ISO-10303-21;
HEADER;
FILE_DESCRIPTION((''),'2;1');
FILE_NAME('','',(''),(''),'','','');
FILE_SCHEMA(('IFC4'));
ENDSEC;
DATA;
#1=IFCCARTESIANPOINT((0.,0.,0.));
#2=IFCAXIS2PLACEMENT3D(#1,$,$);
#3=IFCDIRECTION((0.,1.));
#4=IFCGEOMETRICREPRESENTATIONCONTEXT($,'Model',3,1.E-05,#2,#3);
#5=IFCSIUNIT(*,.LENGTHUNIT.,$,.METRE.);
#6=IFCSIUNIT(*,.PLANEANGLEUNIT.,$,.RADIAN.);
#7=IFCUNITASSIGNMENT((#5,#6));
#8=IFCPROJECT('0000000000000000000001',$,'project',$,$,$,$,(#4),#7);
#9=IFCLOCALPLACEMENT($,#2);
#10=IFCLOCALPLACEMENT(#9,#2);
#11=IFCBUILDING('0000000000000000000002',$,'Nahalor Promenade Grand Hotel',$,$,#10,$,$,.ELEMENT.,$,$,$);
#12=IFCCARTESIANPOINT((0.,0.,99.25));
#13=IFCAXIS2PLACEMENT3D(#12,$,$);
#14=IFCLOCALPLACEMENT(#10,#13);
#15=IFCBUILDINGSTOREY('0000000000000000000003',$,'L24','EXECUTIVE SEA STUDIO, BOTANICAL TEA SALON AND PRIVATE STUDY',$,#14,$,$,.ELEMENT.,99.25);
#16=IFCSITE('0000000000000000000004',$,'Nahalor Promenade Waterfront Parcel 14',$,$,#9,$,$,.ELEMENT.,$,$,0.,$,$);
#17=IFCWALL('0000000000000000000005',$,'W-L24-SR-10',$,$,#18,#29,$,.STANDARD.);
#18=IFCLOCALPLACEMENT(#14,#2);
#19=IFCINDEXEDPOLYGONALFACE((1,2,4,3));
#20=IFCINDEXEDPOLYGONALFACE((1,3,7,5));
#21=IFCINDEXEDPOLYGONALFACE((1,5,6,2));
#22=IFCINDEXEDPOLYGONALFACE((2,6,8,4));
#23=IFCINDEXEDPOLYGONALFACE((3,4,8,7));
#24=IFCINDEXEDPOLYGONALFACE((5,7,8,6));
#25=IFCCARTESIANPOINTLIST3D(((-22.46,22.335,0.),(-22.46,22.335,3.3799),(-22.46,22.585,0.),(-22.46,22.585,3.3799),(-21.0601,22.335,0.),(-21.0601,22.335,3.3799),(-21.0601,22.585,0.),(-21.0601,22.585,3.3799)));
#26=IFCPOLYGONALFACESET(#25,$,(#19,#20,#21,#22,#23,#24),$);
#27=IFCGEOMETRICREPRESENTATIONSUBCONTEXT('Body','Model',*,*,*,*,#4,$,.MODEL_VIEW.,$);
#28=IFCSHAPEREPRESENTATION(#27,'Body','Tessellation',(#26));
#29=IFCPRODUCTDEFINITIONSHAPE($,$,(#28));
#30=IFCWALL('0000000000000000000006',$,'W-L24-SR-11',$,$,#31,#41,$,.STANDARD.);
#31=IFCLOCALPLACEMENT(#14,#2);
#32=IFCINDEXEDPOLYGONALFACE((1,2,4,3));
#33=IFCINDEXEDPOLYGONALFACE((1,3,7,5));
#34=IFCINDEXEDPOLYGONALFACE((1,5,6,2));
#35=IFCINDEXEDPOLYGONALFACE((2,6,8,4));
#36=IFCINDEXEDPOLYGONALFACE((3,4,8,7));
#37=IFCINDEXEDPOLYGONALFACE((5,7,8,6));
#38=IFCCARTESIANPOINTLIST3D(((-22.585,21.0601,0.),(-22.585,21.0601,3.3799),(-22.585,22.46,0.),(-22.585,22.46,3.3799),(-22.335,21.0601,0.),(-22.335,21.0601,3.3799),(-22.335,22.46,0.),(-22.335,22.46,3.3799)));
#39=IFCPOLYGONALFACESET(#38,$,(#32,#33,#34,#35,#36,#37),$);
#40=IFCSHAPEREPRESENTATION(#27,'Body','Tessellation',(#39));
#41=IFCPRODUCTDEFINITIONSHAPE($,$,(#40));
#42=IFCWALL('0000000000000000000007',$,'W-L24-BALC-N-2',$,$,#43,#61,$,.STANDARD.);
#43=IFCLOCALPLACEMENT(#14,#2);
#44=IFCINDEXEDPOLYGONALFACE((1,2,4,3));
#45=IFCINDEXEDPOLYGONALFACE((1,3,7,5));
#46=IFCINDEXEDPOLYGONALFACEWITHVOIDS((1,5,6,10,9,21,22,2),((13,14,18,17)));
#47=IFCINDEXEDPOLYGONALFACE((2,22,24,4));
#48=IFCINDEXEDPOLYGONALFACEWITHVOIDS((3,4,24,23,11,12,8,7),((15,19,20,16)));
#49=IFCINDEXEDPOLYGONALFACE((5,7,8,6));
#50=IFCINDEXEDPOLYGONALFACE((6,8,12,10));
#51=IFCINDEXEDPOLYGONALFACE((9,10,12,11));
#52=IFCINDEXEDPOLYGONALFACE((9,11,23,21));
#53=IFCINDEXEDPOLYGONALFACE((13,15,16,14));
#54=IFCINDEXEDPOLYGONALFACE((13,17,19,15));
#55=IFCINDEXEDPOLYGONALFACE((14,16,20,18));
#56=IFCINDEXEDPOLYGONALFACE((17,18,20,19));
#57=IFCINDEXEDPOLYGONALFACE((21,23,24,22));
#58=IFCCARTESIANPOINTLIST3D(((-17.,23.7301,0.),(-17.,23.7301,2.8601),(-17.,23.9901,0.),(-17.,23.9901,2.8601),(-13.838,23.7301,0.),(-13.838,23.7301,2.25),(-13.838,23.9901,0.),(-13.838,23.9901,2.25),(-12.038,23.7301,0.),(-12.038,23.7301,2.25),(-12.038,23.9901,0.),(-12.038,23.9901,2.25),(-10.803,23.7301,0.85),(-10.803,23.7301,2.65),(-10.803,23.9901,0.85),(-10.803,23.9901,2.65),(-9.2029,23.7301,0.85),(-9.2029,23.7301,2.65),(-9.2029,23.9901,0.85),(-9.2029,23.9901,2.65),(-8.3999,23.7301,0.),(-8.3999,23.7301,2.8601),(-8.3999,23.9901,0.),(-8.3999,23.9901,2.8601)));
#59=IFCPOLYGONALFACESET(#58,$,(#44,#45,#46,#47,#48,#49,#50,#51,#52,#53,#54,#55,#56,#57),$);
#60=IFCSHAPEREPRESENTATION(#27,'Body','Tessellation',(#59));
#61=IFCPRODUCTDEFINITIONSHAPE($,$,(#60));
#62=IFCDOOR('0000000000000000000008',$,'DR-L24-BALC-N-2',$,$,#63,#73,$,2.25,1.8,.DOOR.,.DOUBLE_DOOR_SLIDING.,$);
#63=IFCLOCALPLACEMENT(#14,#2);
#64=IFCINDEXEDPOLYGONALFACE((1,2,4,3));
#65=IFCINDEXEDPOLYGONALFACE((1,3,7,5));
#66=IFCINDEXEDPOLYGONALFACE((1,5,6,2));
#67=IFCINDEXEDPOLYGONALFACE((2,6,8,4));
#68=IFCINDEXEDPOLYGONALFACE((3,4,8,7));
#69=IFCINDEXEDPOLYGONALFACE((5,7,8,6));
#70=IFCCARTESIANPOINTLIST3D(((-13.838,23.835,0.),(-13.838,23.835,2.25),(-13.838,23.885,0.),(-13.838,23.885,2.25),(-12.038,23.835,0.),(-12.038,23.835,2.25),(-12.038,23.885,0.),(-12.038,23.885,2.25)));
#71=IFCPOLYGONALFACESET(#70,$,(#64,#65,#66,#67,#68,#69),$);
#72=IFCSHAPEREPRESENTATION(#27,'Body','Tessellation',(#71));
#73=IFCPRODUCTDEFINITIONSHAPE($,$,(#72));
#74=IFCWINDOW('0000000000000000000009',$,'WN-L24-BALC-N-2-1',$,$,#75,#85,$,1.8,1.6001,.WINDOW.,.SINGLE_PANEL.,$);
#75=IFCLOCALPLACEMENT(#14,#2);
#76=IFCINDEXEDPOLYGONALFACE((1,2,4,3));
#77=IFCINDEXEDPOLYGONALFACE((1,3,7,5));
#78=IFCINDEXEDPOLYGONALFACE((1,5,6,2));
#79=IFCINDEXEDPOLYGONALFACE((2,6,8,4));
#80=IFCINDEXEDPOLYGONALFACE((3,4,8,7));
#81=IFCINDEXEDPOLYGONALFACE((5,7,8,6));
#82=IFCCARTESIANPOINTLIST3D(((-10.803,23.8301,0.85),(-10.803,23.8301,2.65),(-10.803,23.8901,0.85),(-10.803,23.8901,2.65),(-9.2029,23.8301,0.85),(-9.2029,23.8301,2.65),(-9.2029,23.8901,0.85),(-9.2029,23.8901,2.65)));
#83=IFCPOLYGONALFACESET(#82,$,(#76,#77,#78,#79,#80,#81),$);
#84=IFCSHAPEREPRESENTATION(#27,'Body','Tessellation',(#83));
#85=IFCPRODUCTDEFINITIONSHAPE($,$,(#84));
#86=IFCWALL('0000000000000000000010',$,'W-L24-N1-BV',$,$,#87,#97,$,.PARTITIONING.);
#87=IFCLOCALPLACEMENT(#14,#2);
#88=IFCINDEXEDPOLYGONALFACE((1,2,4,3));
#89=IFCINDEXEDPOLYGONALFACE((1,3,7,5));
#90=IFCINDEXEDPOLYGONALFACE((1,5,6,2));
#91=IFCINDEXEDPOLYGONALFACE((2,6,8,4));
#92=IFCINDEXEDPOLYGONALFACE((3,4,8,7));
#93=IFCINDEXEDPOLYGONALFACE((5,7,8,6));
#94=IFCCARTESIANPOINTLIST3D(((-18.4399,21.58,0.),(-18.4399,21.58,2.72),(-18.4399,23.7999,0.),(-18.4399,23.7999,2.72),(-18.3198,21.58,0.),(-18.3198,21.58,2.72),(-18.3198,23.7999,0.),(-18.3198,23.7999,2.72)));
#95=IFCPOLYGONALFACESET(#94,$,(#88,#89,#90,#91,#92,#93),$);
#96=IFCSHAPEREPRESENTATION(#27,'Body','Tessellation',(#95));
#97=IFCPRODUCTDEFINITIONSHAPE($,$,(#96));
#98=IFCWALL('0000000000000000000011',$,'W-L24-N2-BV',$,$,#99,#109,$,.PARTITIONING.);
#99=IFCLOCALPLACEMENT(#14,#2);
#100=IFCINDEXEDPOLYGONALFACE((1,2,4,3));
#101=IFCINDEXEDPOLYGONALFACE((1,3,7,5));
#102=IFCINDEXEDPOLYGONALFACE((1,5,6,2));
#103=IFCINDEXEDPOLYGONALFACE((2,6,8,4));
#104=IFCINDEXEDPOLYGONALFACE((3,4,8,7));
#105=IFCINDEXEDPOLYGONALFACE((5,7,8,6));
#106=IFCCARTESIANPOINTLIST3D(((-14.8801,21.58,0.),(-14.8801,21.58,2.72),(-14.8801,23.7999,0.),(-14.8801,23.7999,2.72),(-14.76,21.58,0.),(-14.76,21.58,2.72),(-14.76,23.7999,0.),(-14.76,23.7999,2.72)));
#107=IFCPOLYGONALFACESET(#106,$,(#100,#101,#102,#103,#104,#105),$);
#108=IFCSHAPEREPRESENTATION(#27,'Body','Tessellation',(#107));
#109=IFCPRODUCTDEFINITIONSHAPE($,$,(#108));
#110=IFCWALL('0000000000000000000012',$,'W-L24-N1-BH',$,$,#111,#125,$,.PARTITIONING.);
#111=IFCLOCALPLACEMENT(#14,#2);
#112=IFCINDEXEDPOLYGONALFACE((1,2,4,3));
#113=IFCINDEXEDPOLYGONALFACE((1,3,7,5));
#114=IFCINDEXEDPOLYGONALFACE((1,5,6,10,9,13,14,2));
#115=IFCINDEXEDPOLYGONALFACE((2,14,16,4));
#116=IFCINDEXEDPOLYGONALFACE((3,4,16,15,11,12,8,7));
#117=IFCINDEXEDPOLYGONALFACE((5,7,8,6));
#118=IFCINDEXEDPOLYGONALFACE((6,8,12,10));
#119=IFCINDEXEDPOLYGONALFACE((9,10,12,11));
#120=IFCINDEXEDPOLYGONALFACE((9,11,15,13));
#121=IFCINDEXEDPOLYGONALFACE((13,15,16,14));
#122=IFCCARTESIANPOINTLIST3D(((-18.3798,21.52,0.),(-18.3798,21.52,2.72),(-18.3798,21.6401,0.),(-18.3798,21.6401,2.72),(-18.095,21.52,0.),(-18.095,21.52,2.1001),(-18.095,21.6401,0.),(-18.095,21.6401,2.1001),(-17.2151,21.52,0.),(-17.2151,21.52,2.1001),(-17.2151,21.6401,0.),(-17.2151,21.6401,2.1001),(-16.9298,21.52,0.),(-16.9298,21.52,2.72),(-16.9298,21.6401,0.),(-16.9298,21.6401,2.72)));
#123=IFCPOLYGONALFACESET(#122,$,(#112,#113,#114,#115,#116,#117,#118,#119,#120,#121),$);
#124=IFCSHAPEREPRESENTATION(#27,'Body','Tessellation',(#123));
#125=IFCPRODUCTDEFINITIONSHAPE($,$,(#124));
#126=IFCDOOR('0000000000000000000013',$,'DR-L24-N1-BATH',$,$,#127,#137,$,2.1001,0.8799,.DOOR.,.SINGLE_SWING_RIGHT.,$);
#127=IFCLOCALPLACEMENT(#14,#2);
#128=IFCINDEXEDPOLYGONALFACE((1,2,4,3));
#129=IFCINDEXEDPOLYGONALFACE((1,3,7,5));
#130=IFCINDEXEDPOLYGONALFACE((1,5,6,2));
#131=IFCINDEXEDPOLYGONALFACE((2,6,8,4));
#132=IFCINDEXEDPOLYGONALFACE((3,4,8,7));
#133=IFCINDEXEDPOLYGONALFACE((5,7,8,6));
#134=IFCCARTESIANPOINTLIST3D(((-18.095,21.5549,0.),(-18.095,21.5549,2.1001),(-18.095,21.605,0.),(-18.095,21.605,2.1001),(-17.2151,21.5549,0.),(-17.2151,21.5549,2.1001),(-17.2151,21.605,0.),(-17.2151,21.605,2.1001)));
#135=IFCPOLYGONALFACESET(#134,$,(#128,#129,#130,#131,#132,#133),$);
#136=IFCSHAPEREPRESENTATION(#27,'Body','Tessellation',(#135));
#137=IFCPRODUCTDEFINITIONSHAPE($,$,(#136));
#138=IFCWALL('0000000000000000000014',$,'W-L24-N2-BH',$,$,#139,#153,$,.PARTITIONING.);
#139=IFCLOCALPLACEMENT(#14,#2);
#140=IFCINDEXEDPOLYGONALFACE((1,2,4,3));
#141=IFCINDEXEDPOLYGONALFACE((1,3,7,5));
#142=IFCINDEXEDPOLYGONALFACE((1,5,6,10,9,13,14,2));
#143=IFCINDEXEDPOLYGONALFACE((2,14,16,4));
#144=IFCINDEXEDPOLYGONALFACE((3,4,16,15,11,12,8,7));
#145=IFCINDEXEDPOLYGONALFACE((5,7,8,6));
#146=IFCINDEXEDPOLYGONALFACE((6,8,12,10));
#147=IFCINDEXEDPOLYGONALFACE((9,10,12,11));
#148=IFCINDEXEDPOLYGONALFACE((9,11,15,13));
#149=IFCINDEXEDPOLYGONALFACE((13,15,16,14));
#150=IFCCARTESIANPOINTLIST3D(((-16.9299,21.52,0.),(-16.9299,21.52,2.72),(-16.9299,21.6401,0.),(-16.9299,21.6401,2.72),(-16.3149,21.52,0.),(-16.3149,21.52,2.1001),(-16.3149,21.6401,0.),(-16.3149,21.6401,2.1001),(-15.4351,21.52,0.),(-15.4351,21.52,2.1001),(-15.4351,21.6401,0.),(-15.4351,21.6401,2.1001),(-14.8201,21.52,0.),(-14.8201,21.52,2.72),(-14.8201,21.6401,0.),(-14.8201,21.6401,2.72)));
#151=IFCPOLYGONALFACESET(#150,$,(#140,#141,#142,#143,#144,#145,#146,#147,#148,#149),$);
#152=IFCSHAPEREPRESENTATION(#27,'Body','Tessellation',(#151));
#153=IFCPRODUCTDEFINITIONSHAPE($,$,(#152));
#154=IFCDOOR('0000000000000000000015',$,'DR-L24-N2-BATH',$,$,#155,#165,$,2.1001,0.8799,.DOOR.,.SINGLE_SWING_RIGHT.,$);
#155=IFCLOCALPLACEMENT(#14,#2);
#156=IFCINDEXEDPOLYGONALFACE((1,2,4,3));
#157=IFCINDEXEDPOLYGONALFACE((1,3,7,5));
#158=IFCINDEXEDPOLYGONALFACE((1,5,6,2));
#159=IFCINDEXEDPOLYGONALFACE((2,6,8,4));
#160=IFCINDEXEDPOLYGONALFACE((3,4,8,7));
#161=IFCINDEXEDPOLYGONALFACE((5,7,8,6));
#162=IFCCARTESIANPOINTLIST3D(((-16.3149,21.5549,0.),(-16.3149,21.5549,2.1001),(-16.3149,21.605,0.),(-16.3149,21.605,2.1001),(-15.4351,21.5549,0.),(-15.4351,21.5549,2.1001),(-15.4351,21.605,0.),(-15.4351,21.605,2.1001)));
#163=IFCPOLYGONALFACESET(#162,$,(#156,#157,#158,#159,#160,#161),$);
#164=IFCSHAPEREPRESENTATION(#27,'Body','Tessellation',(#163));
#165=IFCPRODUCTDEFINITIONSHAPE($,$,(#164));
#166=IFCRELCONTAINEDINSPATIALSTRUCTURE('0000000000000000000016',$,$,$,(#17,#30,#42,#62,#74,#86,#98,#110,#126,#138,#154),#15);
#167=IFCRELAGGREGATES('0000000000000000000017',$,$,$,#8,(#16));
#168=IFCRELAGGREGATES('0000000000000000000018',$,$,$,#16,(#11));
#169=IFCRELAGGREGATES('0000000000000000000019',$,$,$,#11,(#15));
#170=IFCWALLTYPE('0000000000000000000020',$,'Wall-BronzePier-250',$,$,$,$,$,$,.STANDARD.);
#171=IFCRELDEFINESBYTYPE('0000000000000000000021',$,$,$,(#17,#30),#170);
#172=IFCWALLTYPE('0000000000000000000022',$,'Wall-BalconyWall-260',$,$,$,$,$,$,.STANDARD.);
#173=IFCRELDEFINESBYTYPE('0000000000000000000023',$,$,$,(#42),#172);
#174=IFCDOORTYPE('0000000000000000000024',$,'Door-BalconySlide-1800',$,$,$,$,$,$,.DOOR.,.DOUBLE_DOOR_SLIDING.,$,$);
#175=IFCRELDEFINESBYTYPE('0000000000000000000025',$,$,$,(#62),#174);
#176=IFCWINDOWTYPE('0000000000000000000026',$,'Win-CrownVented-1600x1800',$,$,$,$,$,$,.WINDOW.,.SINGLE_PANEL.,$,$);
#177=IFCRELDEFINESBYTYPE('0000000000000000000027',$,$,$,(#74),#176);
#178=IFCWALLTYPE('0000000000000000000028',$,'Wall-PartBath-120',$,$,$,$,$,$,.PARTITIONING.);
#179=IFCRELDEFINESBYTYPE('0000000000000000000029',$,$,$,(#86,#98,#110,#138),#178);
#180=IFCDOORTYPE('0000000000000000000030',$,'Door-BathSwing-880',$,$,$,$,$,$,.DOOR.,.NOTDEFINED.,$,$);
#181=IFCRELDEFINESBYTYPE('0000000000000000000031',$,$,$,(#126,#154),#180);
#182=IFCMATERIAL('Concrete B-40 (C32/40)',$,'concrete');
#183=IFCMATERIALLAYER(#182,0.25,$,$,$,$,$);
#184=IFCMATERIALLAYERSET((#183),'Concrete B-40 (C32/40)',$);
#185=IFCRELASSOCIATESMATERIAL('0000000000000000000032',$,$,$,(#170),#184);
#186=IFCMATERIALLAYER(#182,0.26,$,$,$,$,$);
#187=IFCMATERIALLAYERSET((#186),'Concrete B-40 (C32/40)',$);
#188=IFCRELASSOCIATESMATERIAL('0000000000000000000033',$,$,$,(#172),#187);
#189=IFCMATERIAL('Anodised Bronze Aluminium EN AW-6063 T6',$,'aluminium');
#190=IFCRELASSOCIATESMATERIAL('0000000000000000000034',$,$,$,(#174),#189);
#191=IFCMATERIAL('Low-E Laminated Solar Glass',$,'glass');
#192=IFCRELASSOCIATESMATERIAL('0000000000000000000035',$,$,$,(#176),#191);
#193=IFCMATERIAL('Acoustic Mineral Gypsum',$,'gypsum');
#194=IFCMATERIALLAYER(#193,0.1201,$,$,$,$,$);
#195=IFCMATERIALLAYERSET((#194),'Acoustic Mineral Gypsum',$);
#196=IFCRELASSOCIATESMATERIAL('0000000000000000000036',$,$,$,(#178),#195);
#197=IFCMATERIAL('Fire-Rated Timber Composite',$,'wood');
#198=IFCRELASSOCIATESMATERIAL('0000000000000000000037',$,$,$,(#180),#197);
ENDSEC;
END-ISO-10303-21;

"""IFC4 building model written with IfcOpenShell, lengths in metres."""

from ifc_helpers import new_model, si_unit, direction, frame, frame_2d, origin, place, context, subcontext, project, spatial, rectangle, extrude, source, transform, mapped, material, layer, layer_set, type_object, element, fill, save


model = new_model("IFC4")

# Units and contexts
model_context = context("Model", 3, precision=1e-05, world=origin(), true_north=direction((0.0, 1.0)))
body_context = subcontext(model_context, "Body", "Model", "MODEL_VIEW")
ifc_project = project(units=[si_unit("LENGTHUNIT", "METRE"), si_unit("PLANEANGLEUNIT", "RADIAN")], contexts=[model_context])

# Site, building, storey
site_placement = place(None, origin())
site = spatial("IfcSite", under=ifc_project, at=site_placement, Name="Nahalor Promenade Waterfront Parcel 14", CompositionType="ELEMENT", RefElevation=0.0)
building_placement = place(site_placement, origin())
building = spatial("IfcBuilding", under=site, at=building_placement, Name="Nahalor Promenade Grand Hotel", CompositionType="ELEMENT")
storey_placement = place(building_placement, frame((0.0, 0.0, 99.25)))
storey = spatial("IfcBuildingStorey", under=building, at=storey_placement, Name="L24", Description="EXECUTIVE SEA STUDIO, BOTANICAL TEA SALON AND PRIVATE STUDY", CompositionType="ELEMENT", Elevation=99.25)

# Shared definitions
ifc_material_1 = material(Name="Anodised Bronze Aluminium EN AW-6063 T6", Category="aluminium")

# Shared definitions
ifc_material_2 = material(Name="Low-E Laminated Solar Glass", Category="glass")

# Walls
ifc_material_3 = material(Name="Concrete B-40 (C32/40)", Category="concrete")
ifc_layer_1 = layer(ifc_material_3, 0.25)
ifc_layer_set_1 = layer_set([ifc_layer_1], Name="Concrete B-40 (C32/40)")
wall_type_1 = type_object("IfcWallType", Name="Wall-BronzePier-250", PredefinedType="STANDARD", material=ifc_layer_set_1)
shared_shape_1 = source(origin(), body_context, "Body", "SweptSolid", [
    extrude(rectangle(XDim=1.3999, YDim=0.25, at=frame_2d((0.7, 0.0))), origin(), (0.0, 0.0, 1.0), 3.3799),
])
for number, where, z_axis, x_axis, name in (
    (1, (-22.46, 22.46, 0.0), (0.0, 0.0, 1.0), (1.0, 0.0, 0.0), "W-L24-SR-10"),
    (2, (-22.46, 21.0601, 0.0), (0.0, 0.0, 1.0), (0.0, 1.0, 0.0), "W-L24-SR-11"),
):
    element("IfcWall", number, at=place(storey_placement, frame(where, z_axis=z_axis, x_axis=x_axis)), inside=storey, type_object=wall_type_1, Name=name, PredefinedType="STANDARD", context=body_context, shape_type="MappedRepresentation", body=[
        mapped(shared_shape_1, transform((0.0, 0.0, 0.0), scale=1.0)),
    ])

# Wall, openings, door, window
ifc_layer_2 = layer(ifc_material_3, 0.26)
ifc_layer_set_2 = layer_set([ifc_layer_2], Name="Concrete B-40 (C32/40)")
wall_type_2 = type_object("IfcWallType", Name="Wall-BalconyWall-260", PredefinedType="STANDARD", material=ifc_layer_set_2)
shared_shape_2 = source(origin(), body_context, "Body", "SweptSolid", [
    extrude(rectangle(XDim=8.6001, YDim=0.26, at=frame_2d((4.3, 0.0))), origin(), (0.0, 0.0, 1.0), 2.8601),
])
wall_1_placement = place(storey_placement, frame((-17.0, 23.8601, 0.0), z_axis=(0.0, 0.0, 1.0), x_axis=(1.0, 0.0, 0.0)))
wall_1 = element("IfcWall", 3, at=wall_1_placement, inside=storey, type_object=wall_type_2, Name="W-L24-BALC-N-2", PredefinedType="STANDARD", context=body_context, shape_type="MappedRepresentation", body=[
    mapped(shared_shape_2, transform((0.0, 0.0, 0.0), scale=1.0)),
])
opening_1_placement = place(wall_1_placement, frame((3.1621, 0.0, 0.0)))
opening_1 = element("IfcOpeningElement", 4, at=opening_1_placement, cuts=wall_1, PredefinedType="OPENING", context=body_context, shape_type="SweptSolid", body=[
    extrude(rectangle(XDim=1.8, YDim=2.25, at=frame_2d((0.8999, 1.125))), frame((0.0, 0.1399, 0.0), z_axis=(0.0, -1.0, 0.0), x_axis=(1.0, 0.0, 0.0)), (0.0, 0.0, 1.0), 0.28),
])
opening_2_placement = place(wall_1_placement, frame((6.197, 0.0, 0.8501)))
opening_2 = element("IfcOpeningElement", 5, at=opening_2_placement, cuts=wall_1, PredefinedType="OPENING", context=body_context, shape_type="SweptSolid", body=[
    extrude(rectangle(XDim=1.6001, YDim=1.8, at=frame_2d((0.8, 0.8999))), frame((0.0, 0.1399, 0.0), z_axis=(0.0, -1.0, 0.0), x_axis=(1.0, 0.0, 0.0)), (0.0, 0.0, 1.0), 0.28),
])
door_type_1 = type_object("IfcDoorType", Name="Door-BalconySlide-1800", OperationType="DOUBLE_DOOR_SLIDING", PredefinedType="DOOR", material=ifc_material_1)
shared_shape_3 = source(origin(), body_context, "Body", "SweptSolid", [
    extrude(rectangle(XDim=1.8, YDim=2.25, at=frame_2d((0.8999, 1.125))), frame((0.0, 0.0249, 0.0), z_axis=(0.0, -1.0, 0.0), x_axis=(1.0, 0.0, 0.0)), (0.0, 0.0, 1.0), 0.05),
])
door_1_placement = place(opening_1_placement, origin())
door_1 = element("IfcDoor", 6, at=door_1_placement, inside=storey, type_object=door_type_1, Name="DR-L24-BALC-N-2", OperationType="DOUBLE_DOOR_SLIDING", OverallHeight=2.25, OverallWidth=1.8, PredefinedType="DOOR", context=body_context, shape_type="MappedRepresentation", body=[
    mapped(shared_shape_3, transform((0.0, 0.0, 0.0), scale=1.0)),
])
fill(opening_1, door_1)
window_type = type_object("IfcWindowType", Name="Win-CrownVented-1600x1800", PartitioningType="SINGLE_PANEL", PredefinedType="WINDOW", material=ifc_material_2)
shared_shape_4 = source(origin(), body_context, "Body", "SweptSolid", [
    extrude(rectangle(XDim=1.6001, YDim=1.8, at=frame_2d((0.8, 0.8999))), frame((0.0, 0.03, 0.0), z_axis=(0.0, -1.0, 0.0), x_axis=(1.0, 0.0, 0.0)), (0.0, 0.0, 1.0), 0.0601),
])
window_placement = place(opening_2_placement, origin())
window = element("IfcWindow", 7, at=window_placement, inside=storey, type_object=window_type, Name="WN-L24-BALC-N-2-1", OverallHeight=1.8, OverallWidth=1.6001, PartitioningType="SINGLE_PANEL", PredefinedType="WINDOW", context=body_context, shape_type="MappedRepresentation", body=[
    mapped(shared_shape_4, transform((0.0, 0.0, 0.0), scale=1.0)),
])
fill(opening_2, window)

# Walls
ifc_material_4 = material(Name="Acoustic Mineral Gypsum", Category="gypsum")
ifc_layer_3 = layer(ifc_material_4, 0.1201)
ifc_layer_set_3 = layer_set([ifc_layer_3], Name="Acoustic Mineral Gypsum")
wall_type_3 = type_object("IfcWallType", Name="Wall-PartBath-120", PredefinedType="PARTITIONING", material=ifc_layer_set_3)
shared_shape_5 = source(origin(), body_context, "Body", "SweptSolid", [
    extrude(rectangle(XDim=2.22, YDim=0.1201, at=frame_2d((1.1099, 0.0))), origin(), (0.0, 0.0, 1.0), 2.72),
])
for number, where, z_axis, x_axis, name in (
    (8, (-18.3799, 21.5801, 0.0), (0.0, 0.0, 1.0), (0.0, 1.0, 0.0), "W-L24-N1-BV"),
    (9, (-14.8201, 21.5801, 0.0), (0.0, 0.0, 1.0), (0.0, 1.0, 0.0), "W-L24-N2-BV"),
):
    element("IfcWall", number, at=place(storey_placement, frame(where, z_axis=z_axis, x_axis=x_axis)), inside=storey, type_object=wall_type_3, Name=name, PredefinedType="PARTITIONING", context=body_context, shape_type="MappedRepresentation", body=[
        mapped(shared_shape_5, transform((0.0, 0.0, 0.0), scale=1.0)),
    ])

# Walls, openings, doors
shared_shape_6 = source(origin(), body_context, "Body", "SweptSolid", [
    extrude(rectangle(XDim=1.45, YDim=0.1201, at=frame_2d((0.7251, 0.0))), origin(), (0.0, 0.0, 1.0), 2.72),
])
wall_2_placement = place(storey_placement, frame((-18.3799, 21.5801, 0.0), z_axis=(0.0, 0.0, 1.0), x_axis=(1.0, 0.0, 0.0)))
wall_2 = element("IfcWall", 10, at=wall_2_placement, inside=storey, type_object=wall_type_3, Name="W-L24-N1-BH", PredefinedType="PARTITIONING", context=body_context, shape_type="MappedRepresentation", body=[
    mapped(shared_shape_6, transform((0.0, 0.0, 0.0), scale=1.0)),
])
opening_3_placement = place(wall_2_placement, frame((0.2849, 0.0, 0.0)))
opening_3 = element("IfcOpeningElement", 11, at=opening_3_placement, cuts=wall_2, PredefinedType="OPENING", context=body_context, shape_type="SweptSolid", body=[
    extrude(rectangle(XDim=0.8799, YDim=2.1001, at=frame_2d((0.4399, 1.05))), frame((0.0, 0.0701, 0.0), z_axis=(0.0, -1.0, 0.0), x_axis=(1.0, 0.0, 0.0)), (0.0, 0.0, 1.0), 0.1401),
])
ifc_material_5 = material(Name="Fire-Rated Timber Composite", Category="wood")
door_type_2 = type_object("IfcDoorType", Name="Door-BathSwing-880", OperationType="NOTDEFINED", PredefinedType="DOOR", material=ifc_material_5)
shared_shape_7 = source(origin(), body_context, "Body", "SweptSolid", [
    extrude(rectangle(XDim=0.8799, YDim=2.1001, at=frame_2d((0.4399, 1.05))), frame((0.0, 0.0249, 0.0), z_axis=(0.0, -1.0, 0.0), x_axis=(1.0, 0.0, 0.0)), (0.0, 0.0, 1.0), 0.05),
])
door_2_placement = place(opening_3_placement, origin())
door_2 = element("IfcDoor", 12, at=door_2_placement, inside=storey, type_object=door_type_2, Name="DR-L24-N1-BATH", OperationType="SINGLE_SWING_RIGHT", OverallHeight=2.1001, OverallWidth=0.8799, PredefinedType="DOOR", context=body_context, shape_type="MappedRepresentation", body=[
    mapped(shared_shape_7, transform((0.0, 0.0, 0.0), scale=1.0)),
])
fill(opening_3, door_2)
shared_shape_8 = source(origin(), body_context, "Body", "SweptSolid", [
    extrude(rectangle(XDim=2.1099, YDim=0.1201, at=frame_2d((1.0549, 0.0))), origin(), (0.0, 0.0, 1.0), 2.72),
])
wall_3_placement = place(storey_placement, frame((-16.9299, 21.5801, 0.0), z_axis=(0.0, 0.0, 1.0), x_axis=(1.0, 0.0, 0.0)))
wall_3 = element("IfcWall", 13, at=wall_3_placement, inside=storey, type_object=wall_type_3, Name="W-L24-N2-BH", PredefinedType="PARTITIONING", context=body_context, shape_type="MappedRepresentation", body=[
    mapped(shared_shape_8, transform((0.0, 0.0, 0.0), scale=1.0)),
])
opening_4_placement = place(wall_3_placement, frame((0.615, 0.0, 0.0)))
opening_4 = element("IfcOpeningElement", 14, at=opening_4_placement, cuts=wall_3, PredefinedType="OPENING", context=body_context, shape_type="SweptSolid", body=[
    extrude(rectangle(XDim=0.8799, YDim=2.1001, at=frame_2d((0.4399, 1.05))), frame((0.0, 0.0701, 0.0), z_axis=(0.0, -1.0, 0.0), x_axis=(1.0, 0.0, 0.0)), (0.0, 0.0, 1.0), 0.1401),
])
door_3_placement = place(opening_4_placement, origin())
door_3 = element("IfcDoor", 15, at=door_3_placement, inside=storey, type_object=door_type_2, Name="DR-L24-N2-BATH", OperationType="SINGLE_SWING_RIGHT", OverallHeight=2.1001, OverallWidth=0.8799, PredefinedType="DOOR", context=body_context, shape_type="MappedRepresentation", body=[
    mapped(shared_shape_7, transform((0.0, 0.0, 0.0), scale=1.0)),
])
fill(opening_4, door_3)

save(model, "model.ifc")
